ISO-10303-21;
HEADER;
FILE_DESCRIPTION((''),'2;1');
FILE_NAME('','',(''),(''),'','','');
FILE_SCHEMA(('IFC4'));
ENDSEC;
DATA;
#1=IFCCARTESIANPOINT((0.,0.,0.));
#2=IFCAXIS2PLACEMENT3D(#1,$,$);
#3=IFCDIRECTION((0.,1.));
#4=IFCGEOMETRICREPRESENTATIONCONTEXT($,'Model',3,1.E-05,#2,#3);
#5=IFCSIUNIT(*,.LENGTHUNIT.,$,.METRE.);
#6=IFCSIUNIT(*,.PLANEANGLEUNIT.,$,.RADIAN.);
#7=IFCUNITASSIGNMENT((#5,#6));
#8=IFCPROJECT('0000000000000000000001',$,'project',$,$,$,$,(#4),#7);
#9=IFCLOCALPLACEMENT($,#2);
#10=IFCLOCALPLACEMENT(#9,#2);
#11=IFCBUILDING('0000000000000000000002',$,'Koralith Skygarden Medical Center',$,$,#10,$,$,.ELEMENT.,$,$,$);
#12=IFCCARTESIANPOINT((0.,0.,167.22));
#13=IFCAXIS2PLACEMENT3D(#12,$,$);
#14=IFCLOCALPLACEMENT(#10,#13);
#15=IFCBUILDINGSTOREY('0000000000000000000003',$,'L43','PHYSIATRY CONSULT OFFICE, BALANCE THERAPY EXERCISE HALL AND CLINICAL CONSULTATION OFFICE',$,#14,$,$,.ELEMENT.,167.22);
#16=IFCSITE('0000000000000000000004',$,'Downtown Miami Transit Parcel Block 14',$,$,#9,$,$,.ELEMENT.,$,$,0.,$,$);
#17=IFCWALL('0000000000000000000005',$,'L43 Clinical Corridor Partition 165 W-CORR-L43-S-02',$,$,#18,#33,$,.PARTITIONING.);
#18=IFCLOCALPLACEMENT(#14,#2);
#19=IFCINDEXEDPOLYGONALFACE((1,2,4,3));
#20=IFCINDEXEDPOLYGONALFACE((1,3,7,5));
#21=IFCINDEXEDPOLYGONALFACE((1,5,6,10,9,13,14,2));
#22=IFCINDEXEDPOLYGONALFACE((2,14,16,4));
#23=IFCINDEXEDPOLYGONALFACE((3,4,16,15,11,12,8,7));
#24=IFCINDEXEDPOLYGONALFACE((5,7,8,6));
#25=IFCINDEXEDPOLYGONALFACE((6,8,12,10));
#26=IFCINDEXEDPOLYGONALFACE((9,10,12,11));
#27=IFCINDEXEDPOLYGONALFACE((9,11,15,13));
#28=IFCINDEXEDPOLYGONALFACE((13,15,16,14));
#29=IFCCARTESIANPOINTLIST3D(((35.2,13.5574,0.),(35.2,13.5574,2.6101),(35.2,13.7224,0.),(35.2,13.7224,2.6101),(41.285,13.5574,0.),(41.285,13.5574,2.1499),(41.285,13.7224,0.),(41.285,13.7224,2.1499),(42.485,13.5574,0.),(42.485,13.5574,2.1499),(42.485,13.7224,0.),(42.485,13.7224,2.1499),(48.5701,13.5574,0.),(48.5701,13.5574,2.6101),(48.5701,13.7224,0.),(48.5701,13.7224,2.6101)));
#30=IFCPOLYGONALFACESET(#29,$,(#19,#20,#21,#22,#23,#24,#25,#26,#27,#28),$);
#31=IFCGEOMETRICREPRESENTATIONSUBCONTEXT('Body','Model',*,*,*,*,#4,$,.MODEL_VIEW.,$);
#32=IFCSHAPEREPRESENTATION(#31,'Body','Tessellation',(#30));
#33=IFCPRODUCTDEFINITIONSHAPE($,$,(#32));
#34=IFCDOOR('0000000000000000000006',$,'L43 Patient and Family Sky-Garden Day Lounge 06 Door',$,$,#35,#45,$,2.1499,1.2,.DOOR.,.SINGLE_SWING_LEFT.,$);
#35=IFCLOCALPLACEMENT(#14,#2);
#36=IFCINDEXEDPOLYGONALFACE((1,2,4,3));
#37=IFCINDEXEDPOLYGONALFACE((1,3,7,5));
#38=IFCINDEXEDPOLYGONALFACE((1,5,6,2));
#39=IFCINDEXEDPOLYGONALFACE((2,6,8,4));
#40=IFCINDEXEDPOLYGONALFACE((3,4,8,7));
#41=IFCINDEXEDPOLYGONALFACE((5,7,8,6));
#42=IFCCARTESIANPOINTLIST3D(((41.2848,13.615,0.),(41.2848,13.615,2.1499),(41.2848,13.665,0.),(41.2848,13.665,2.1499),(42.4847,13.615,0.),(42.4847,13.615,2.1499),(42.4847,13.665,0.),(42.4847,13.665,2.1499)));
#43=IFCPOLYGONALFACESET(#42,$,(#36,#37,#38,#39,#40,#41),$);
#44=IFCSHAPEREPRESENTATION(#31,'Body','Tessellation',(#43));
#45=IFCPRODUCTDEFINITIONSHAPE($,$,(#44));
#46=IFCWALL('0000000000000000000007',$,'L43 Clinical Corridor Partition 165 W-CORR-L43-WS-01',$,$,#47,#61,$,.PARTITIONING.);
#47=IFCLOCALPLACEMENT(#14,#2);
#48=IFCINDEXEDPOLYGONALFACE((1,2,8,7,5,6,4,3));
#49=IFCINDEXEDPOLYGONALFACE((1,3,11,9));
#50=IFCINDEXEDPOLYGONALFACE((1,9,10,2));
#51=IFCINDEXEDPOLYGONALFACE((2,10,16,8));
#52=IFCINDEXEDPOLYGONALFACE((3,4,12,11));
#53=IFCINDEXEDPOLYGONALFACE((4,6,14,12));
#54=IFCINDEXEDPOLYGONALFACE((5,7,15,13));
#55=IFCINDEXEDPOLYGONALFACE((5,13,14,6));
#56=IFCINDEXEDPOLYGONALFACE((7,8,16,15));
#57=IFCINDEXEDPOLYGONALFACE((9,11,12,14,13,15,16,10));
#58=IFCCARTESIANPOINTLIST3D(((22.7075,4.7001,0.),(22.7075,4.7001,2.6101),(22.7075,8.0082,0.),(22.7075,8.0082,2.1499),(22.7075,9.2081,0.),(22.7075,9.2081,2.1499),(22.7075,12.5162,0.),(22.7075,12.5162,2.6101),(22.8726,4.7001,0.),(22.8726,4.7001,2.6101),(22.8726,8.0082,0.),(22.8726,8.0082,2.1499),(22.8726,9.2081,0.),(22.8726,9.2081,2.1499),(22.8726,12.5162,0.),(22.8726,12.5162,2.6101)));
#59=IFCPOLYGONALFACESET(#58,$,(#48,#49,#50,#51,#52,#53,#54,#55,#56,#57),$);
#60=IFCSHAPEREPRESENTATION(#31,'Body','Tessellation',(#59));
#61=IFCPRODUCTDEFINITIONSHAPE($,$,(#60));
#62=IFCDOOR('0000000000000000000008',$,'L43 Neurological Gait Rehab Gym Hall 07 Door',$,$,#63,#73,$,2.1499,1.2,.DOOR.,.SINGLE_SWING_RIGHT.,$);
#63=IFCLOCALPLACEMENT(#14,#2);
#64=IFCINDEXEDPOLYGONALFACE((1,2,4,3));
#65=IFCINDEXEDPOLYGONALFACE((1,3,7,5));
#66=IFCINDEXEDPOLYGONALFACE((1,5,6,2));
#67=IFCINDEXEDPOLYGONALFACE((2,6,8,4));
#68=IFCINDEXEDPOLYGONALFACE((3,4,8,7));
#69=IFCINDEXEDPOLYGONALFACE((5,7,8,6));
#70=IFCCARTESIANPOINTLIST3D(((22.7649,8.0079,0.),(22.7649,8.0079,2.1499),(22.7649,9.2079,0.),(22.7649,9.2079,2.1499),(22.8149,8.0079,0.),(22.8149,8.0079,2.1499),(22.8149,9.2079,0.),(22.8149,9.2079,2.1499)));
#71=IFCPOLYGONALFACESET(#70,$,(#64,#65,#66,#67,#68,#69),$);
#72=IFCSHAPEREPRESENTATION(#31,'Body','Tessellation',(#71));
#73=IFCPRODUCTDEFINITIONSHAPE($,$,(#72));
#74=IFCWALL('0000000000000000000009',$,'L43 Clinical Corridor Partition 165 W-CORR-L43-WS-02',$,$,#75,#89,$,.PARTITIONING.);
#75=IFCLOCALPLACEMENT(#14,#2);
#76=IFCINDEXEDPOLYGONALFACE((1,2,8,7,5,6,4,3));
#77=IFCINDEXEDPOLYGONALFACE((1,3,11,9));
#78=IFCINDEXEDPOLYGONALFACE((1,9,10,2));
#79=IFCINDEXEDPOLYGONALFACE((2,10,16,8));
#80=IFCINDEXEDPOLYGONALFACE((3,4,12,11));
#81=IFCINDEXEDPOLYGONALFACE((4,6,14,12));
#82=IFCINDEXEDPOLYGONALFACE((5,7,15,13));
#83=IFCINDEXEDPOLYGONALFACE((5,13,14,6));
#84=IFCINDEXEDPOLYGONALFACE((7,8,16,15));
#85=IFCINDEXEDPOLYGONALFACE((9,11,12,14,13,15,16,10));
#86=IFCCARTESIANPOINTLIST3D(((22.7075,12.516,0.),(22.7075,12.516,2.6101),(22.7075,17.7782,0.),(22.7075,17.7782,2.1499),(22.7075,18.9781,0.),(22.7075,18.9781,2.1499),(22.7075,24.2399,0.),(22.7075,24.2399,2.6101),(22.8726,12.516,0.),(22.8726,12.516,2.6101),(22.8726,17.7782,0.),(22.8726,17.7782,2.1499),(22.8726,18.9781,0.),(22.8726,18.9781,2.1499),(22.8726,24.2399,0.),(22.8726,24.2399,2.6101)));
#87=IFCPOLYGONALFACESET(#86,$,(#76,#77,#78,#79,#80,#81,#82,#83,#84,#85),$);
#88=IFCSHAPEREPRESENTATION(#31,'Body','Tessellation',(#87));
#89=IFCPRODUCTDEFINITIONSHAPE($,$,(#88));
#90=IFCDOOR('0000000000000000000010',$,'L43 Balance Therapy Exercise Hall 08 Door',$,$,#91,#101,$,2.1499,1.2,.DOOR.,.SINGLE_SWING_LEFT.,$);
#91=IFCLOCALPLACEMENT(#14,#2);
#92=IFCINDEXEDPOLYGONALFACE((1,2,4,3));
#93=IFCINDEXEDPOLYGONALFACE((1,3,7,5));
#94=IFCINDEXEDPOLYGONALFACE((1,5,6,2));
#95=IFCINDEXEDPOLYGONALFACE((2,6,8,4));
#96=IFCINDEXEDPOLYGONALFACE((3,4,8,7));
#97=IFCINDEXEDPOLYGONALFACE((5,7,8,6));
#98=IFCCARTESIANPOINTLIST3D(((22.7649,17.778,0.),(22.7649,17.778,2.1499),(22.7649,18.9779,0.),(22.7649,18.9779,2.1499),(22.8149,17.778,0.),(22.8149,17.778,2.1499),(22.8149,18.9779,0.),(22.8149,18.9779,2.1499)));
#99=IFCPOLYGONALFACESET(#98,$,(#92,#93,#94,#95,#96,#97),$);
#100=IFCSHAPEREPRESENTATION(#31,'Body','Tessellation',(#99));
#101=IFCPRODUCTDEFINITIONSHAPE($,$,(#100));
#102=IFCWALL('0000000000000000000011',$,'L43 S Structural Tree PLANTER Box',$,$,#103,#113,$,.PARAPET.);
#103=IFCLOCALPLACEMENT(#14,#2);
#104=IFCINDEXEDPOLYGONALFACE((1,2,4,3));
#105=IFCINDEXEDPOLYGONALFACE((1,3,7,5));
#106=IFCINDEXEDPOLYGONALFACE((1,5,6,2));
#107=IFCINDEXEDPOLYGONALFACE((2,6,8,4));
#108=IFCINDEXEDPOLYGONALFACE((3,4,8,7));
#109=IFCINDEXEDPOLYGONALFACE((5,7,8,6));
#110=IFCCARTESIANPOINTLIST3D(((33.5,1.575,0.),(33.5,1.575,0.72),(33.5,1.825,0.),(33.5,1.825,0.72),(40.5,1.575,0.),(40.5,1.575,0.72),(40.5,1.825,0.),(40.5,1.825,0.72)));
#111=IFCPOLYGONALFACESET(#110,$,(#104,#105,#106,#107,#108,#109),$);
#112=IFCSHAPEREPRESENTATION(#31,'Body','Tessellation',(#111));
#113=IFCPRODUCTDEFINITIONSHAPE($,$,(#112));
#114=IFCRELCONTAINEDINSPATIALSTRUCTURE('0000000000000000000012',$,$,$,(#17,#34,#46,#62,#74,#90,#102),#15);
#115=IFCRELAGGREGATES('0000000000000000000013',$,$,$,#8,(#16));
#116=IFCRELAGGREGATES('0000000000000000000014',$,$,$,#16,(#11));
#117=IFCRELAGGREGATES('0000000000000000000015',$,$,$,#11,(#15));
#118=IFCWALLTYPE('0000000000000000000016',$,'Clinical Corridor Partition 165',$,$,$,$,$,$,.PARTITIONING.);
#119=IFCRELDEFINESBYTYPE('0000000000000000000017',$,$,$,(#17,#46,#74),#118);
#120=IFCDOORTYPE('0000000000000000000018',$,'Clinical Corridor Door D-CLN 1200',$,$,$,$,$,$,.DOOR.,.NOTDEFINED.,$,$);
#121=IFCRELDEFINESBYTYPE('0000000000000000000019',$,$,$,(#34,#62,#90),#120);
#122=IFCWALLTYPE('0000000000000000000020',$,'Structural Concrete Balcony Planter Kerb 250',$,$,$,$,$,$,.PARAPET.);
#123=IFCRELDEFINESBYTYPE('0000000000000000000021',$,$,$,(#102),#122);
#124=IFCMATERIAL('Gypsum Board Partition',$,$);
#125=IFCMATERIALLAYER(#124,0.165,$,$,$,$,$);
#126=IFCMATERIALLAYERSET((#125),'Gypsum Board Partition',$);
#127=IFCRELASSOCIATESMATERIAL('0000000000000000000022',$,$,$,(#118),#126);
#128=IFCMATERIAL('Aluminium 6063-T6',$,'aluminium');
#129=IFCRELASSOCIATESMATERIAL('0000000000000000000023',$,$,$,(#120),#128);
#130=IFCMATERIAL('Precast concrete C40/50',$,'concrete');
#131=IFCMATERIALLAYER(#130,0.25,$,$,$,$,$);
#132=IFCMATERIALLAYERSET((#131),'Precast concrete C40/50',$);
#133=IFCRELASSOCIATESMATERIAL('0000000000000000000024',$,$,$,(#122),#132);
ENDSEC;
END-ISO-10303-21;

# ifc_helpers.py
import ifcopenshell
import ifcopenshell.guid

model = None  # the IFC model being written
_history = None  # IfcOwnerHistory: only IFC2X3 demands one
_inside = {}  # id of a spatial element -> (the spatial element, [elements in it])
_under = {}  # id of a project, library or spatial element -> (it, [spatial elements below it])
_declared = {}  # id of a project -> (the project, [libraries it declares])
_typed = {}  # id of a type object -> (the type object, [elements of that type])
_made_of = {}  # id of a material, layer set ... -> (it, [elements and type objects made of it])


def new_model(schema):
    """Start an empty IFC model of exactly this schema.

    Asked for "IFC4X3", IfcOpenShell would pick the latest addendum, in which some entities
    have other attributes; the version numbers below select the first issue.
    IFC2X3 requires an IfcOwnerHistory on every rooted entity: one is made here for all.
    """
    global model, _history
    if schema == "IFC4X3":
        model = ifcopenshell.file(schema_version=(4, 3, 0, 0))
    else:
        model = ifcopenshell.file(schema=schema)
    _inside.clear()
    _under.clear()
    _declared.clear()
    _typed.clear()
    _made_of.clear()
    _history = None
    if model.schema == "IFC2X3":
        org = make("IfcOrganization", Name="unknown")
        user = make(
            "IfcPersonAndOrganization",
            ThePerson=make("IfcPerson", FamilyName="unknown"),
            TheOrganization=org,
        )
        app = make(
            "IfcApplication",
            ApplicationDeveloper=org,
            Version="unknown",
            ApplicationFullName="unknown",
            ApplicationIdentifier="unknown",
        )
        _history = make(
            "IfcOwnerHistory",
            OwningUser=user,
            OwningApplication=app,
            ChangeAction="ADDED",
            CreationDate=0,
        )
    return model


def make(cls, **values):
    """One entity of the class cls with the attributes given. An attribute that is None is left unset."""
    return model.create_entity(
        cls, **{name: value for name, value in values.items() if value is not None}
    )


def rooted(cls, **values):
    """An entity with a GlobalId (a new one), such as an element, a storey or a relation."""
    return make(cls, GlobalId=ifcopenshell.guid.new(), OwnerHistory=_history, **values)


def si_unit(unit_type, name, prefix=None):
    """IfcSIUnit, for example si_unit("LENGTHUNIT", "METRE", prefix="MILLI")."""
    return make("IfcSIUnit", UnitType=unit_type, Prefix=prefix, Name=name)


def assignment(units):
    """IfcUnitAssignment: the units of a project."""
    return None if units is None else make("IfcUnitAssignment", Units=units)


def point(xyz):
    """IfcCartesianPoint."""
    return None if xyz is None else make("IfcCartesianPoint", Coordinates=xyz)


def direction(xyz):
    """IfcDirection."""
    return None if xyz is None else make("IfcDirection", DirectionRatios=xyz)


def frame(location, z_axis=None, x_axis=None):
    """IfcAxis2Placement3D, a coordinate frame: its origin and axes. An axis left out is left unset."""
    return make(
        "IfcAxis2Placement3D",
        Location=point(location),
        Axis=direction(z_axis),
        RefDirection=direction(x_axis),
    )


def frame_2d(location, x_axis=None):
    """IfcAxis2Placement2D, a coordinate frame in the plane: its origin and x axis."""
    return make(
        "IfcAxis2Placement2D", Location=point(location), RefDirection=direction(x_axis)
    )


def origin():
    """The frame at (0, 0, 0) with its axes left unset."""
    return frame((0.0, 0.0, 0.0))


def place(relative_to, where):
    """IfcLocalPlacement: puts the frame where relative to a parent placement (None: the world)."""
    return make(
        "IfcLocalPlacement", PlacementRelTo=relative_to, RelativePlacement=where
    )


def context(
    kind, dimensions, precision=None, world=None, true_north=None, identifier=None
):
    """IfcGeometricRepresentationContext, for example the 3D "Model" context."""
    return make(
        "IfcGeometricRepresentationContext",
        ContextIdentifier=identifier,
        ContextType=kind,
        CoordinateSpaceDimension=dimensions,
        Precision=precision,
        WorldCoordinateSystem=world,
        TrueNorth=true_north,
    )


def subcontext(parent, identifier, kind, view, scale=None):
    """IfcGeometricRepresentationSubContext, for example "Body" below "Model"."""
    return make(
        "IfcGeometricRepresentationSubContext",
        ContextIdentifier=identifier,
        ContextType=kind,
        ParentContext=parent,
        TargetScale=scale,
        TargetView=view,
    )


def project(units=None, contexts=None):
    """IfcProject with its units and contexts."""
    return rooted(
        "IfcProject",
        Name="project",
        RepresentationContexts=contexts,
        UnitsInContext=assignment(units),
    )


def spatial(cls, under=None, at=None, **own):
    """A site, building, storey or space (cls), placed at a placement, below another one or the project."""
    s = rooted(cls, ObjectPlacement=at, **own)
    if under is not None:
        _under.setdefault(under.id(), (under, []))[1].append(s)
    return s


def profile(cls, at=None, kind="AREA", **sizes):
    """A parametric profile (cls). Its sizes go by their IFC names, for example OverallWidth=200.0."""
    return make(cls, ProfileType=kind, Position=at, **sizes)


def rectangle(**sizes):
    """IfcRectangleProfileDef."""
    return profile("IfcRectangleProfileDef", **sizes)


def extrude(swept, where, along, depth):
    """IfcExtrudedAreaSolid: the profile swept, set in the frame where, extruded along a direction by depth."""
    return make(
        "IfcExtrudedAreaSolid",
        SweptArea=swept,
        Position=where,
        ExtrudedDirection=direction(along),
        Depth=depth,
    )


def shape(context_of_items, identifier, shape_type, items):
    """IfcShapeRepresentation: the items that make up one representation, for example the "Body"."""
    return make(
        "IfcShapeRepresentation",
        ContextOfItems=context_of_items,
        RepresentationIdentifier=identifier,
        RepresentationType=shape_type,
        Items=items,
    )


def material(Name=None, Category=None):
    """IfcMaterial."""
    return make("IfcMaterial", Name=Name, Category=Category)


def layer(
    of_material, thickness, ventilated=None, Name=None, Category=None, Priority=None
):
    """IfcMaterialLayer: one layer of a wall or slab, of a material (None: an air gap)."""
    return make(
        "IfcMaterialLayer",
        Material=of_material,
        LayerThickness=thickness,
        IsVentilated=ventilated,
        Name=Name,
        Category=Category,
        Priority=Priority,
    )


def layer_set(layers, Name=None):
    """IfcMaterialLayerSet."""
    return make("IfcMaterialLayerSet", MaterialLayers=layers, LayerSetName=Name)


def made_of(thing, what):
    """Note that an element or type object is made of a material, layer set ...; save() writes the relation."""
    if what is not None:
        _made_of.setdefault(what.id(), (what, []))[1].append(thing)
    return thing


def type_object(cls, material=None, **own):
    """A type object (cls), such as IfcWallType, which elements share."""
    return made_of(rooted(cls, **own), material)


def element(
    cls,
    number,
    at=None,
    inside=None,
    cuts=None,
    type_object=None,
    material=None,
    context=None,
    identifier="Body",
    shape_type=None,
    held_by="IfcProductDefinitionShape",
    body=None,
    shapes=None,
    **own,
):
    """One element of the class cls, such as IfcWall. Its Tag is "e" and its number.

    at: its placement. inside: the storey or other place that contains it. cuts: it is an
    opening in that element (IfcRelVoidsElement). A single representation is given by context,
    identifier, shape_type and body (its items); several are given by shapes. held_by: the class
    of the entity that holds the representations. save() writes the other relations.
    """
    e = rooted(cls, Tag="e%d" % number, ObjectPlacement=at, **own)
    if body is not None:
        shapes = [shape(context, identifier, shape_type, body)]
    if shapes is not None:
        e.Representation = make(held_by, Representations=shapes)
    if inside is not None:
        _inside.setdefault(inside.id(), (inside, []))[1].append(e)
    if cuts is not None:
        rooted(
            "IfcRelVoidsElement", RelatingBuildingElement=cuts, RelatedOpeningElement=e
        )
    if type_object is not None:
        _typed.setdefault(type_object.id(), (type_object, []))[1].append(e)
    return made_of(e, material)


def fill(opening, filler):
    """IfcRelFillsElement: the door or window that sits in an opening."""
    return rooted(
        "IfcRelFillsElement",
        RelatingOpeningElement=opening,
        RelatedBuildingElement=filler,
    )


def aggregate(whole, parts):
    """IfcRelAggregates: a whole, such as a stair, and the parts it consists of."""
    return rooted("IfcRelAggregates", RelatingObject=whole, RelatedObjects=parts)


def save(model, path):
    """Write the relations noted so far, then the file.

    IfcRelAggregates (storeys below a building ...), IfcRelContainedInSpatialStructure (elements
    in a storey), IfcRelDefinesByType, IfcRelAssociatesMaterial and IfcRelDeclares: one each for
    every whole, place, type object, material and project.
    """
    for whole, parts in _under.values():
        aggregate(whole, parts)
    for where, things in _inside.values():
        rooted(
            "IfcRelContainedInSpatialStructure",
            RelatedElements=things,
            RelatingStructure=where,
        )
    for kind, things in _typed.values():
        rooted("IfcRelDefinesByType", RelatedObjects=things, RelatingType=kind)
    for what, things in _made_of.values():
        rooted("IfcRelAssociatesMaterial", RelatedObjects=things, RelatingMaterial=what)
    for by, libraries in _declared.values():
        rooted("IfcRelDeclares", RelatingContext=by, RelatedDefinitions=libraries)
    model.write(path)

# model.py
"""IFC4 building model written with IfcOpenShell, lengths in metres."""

from ifc_helpers import new_model, si_unit, direction, frame, frame_2d, origin, place, context, subcontext, project, spatial, rectangle, extrude, material, layer, layer_set, type_object, element, fill, save


model = new_model("IFC4")

# Units and contexts
model_context = context("Model", 3, precision=1e-05, world=origin(), true_north=direction((0.0, 1.0)))
body_context = subcontext(model_context, "Body", "Model", "MODEL_VIEW")
ifc_project = project(units=[si_unit("LENGTHUNIT", "METRE"), si_unit("PLANEANGLEUNIT", "RADIAN")], contexts=[model_context])

# Site, building, storey
site_placement = place(None, origin())
site = spatial("IfcSite", under=ifc_project, at=site_placement, Name="Downtown Miami Transit Parcel Block 14", CompositionType="ELEMENT", RefElevation=0.0)
building_placement = place(site_placement, origin())
building = spatial("IfcBuilding", under=site, at=building_placement, Name="Koralith Skygarden Medical Center", CompositionType="ELEMENT")
storey_placement = place(building_placement, frame((0.0, 0.0, 167.22)))
storey = spatial("IfcBuildingStorey", under=building, at=storey_placement, Name="L43", Description="PHYSIATRY CONSULT OFFICE, BALANCE THERAPY EXERCISE HALL AND CLINICAL CONSULTATION OFFICE", CompositionType="ELEMENT", Elevation=167.22)

# Shared definitions
ifc_material_1 = material(Name="Aluminium 6063-T6", Category="aluminium")

# Shared definitions
ifc_material_2 = material(Name="Gypsum Board Partition")
ifc_layer_1 = layer(ifc_material_2, 0.165)
ifc_layer_set_1 = layer_set([ifc_layer_1], Name="Gypsum Board Partition")
wall_type_1 = type_object("IfcWallType", Name="Clinical Corridor Partition 165", PredefinedType="PARTITIONING", material=ifc_layer_set_1)

# Walls, openings, doors
door_type = type_object("IfcDoorType", Name="Clinical Corridor Door D-CLN 1200", OperationType="NOTDEFINED", PredefinedType="DOOR", material=ifc_material_1)
wall_1_placement = place(storey_placement, frame((35.2, 13.6399, 0.0), z_axis=(0.0, 0.0, 1.0), x_axis=(1.0, 0.0, 0.0)))
wall_1 = element("IfcWall", 1, at=wall_1_placement, inside=storey, type_object=wall_type_1, Name="L43 Clinical Corridor Partition 165 W-CORR-L43-S-02", PredefinedType="PARTITIONING", context=body_context, shape_type="SweptSolid", body=[
    extrude(rectangle(XDim=13.3701, YDim=0.165, at=frame_2d((6.6851, 0.0))), origin(), (0.0, 0.0, 1.0), 2.6101),
])
opening_1_placement = place(wall_1_placement, frame((6.085, 0.0, 0.0)))
opening_1 = element("IfcOpeningElement", 2, at=opening_1_placement, cuts=wall_1, PredefinedType="OPENING", context=body_context, shape_type="SweptSolid", body=[
    extrude(rectangle(XDim=1.2, YDim=2.1499, at=frame_2d((0.6001, 1.075))), frame((0.0, 0.0925, 0.0), z_axis=(0.0, -1.0, 0.0), x_axis=(1.0, 0.0, 0.0)), (0.0, 0.0, 1.0), 0.1851),
])
door_1_placement = place(opening_1_placement, frame((1.2, 0.0, 0.0), z_axis=(0.0, 0.0, 1.0), x_axis=(-1.0, 0.0, 0.0)))
door_1 = element("IfcDoor", 3, at=door_1_placement, inside=storey, type_object=door_type, Name="L43 Patient and Family Sky-Garden Day Lounge 06 Door", OperationType="SINGLE_SWING_LEFT", OverallHeight=2.1499, OverallWidth=1.2, PredefinedType="DOOR", context=body_context, shape_type="SweptSolid", body=[
    extrude(rectangle(XDim=1.2, YDim=2.1499, at=frame_2d((0.6001, 1.075))), frame((0.0, 0.0249, 0.0), z_axis=(0.0, -1.0, 0.0), x_axis=(1.0, 0.0, 0.0)), (0.0, 0.0, 1.0), 0.05),
])
fill(opening_1, door_1)
wall_2_placement = place(storey_placement, frame((22.79, 4.7, 0.0), z_axis=(0.0, 0.0, 1.0), x_axis=(0.0, 1.0, 0.0)))
wall_2 = element("IfcWall", 4, at=wall_2_placement, inside=storey, type_object=wall_type_1, Name="L43 Clinical Corridor Partition 165 W-CORR-L43-WS-01", PredefinedType="PARTITIONING", context=body_context, shape_type="SweptSolid", body=[
    extrude(rectangle(XDim=7.8162, YDim=0.165, at=frame_2d((3.9082, 0.0))), origin(), (0.0, 0.0, 1.0), 2.6101),
])
opening_2_placement = place(wall_2_placement, frame((3.3081, 0.0, 0.0)))
opening_2 = element("IfcOpeningElement", 5, at=opening_2_placement, cuts=wall_2, PredefinedType="OPENING", context=body_context, shape_type="SweptSolid", body=[
    extrude(rectangle(XDim=1.2, YDim=2.1499, at=frame_2d((0.6001, 1.075))), frame((0.0, 0.0925, 0.0), z_axis=(0.0, -1.0, 0.0), x_axis=(1.0, 0.0, 0.0)), (0.0, 0.0, 1.0), 0.1851),
])
door_2_placement = place(opening_2_placement, frame((1.2, 0.0, 0.0), z_axis=(0.0, 0.0, 1.0), x_axis=(-1.0, 0.0, 0.0)))
door_2 = element("IfcDoor", 6, at=door_2_placement, inside=storey, type_object=door_type, Name="L43 Neurological Gait Rehab Gym Hall 07 Door", OperationType="SINGLE_SWING_RIGHT", OverallHeight=2.1499, OverallWidth=1.2, PredefinedType="DOOR", context=body_context, shape_type="SweptSolid", body=[
    extrude(rectangle(XDim=1.2, YDim=2.1499, at=frame_2d((0.6001, 1.075))), frame((0.0, 0.0249, 0.0), z_axis=(0.0, -1.0, 0.0), x_axis=(1.0, 0.0, 0.0)), (0.0, 0.0, 1.0), 0.05),
])
fill(opening_2, door_2)
wall_3_placement = place(storey_placement, frame((22.79, 12.5161, 0.0), z_axis=(0.0, 0.0, 1.0), x_axis=(0.0, 1.0, 0.0)))
wall_3 = element("IfcWall", 7, at=wall_3_placement, inside=storey, type_object=wall_type_1, Name="L43 Clinical Corridor Partition 165 W-CORR-L43-WS-02", PredefinedType="PARTITIONING", context=body_context, shape_type="SweptSolid", body=[
    extrude(rectangle(XDim=11.7239, YDim=0.165, at=frame_2d((5.8618, 0.0))), origin(), (0.0, 0.0, 1.0), 2.6101),
])
opening_3_placement = place(wall_3_placement, frame((5.262, 0.0, 0.0)))
opening_3 = element("IfcOpeningElement", 8, at=opening_3_placement, cuts=wall_3, PredefinedType="OPENING", context=body_context, shape_type="SweptSolid", body=[
    extrude(rectangle(XDim=1.2, YDim=2.1499, at=frame_2d((0.6001, 1.075))), frame((0.0, 0.0925, 0.0), z_axis=(0.0, -1.0, 0.0), x_axis=(1.0, 0.0, 0.0)), (0.0, 0.0, 1.0), 0.1851),
])
door_3_placement = place(opening_3_placement, frame((1.2, 0.0, 0.0), z_axis=(0.0, 0.0, 1.0), x_axis=(-1.0, 0.0, 0.0)))
door_3 = element("IfcDoor", 9, at=door_3_placement, inside=storey, type_object=door_type, Name="L43 Balance Therapy Exercise Hall 08 Door", OperationType="SINGLE_SWING_LEFT", OverallHeight=2.1499, OverallWidth=1.2, PredefinedType="DOOR", context=body_context, shape_type="SweptSolid", body=[
    extrude(rectangle(XDim=1.2, YDim=2.1499, at=frame_2d((0.6001, 1.075))), frame((0.0, 0.0249, 0.0), z_axis=(0.0, -1.0, 0.0), x_axis=(1.0, 0.0, 0.0)), (0.0, 0.0, 1.0), 0.05),
])
fill(opening_3, door_3)

# Wall
ifc_material_3 = material(Name="Precast concrete C40/50", Category="concrete")
ifc_layer_2 = layer(ifc_material_3, 0.25)
ifc_layer_set_2 = layer_set([ifc_layer_2], Name="Precast concrete C40/50")
wall_type_2 = type_object("IfcWallType", Name="Structural Concrete Balcony Planter Kerb 250", PredefinedType="PARAPET", material=ifc_layer_set_2)
wall_4_placement = place(storey_placement, frame((33.5, 1.7, 0.0), z_axis=(0.0, 0.0, 1.0), x_axis=(1.0, 0.0, 0.0)))
element("IfcWall", 10, at=wall_4_placement, inside=storey, type_object=wall_type_2, Name="L43 S Structural Tree PLANTER Box", PredefinedType="PARAPET", context=body_context, shape_type="SweptSolid", body=[
    extrude(rectangle(XDim=7.0, YDim=0.25, at=frame_2d((3.5, 0.0))), origin(), (0.0, 0.0, 1.0), 0.72),
])

save(model, "model.ifc")
